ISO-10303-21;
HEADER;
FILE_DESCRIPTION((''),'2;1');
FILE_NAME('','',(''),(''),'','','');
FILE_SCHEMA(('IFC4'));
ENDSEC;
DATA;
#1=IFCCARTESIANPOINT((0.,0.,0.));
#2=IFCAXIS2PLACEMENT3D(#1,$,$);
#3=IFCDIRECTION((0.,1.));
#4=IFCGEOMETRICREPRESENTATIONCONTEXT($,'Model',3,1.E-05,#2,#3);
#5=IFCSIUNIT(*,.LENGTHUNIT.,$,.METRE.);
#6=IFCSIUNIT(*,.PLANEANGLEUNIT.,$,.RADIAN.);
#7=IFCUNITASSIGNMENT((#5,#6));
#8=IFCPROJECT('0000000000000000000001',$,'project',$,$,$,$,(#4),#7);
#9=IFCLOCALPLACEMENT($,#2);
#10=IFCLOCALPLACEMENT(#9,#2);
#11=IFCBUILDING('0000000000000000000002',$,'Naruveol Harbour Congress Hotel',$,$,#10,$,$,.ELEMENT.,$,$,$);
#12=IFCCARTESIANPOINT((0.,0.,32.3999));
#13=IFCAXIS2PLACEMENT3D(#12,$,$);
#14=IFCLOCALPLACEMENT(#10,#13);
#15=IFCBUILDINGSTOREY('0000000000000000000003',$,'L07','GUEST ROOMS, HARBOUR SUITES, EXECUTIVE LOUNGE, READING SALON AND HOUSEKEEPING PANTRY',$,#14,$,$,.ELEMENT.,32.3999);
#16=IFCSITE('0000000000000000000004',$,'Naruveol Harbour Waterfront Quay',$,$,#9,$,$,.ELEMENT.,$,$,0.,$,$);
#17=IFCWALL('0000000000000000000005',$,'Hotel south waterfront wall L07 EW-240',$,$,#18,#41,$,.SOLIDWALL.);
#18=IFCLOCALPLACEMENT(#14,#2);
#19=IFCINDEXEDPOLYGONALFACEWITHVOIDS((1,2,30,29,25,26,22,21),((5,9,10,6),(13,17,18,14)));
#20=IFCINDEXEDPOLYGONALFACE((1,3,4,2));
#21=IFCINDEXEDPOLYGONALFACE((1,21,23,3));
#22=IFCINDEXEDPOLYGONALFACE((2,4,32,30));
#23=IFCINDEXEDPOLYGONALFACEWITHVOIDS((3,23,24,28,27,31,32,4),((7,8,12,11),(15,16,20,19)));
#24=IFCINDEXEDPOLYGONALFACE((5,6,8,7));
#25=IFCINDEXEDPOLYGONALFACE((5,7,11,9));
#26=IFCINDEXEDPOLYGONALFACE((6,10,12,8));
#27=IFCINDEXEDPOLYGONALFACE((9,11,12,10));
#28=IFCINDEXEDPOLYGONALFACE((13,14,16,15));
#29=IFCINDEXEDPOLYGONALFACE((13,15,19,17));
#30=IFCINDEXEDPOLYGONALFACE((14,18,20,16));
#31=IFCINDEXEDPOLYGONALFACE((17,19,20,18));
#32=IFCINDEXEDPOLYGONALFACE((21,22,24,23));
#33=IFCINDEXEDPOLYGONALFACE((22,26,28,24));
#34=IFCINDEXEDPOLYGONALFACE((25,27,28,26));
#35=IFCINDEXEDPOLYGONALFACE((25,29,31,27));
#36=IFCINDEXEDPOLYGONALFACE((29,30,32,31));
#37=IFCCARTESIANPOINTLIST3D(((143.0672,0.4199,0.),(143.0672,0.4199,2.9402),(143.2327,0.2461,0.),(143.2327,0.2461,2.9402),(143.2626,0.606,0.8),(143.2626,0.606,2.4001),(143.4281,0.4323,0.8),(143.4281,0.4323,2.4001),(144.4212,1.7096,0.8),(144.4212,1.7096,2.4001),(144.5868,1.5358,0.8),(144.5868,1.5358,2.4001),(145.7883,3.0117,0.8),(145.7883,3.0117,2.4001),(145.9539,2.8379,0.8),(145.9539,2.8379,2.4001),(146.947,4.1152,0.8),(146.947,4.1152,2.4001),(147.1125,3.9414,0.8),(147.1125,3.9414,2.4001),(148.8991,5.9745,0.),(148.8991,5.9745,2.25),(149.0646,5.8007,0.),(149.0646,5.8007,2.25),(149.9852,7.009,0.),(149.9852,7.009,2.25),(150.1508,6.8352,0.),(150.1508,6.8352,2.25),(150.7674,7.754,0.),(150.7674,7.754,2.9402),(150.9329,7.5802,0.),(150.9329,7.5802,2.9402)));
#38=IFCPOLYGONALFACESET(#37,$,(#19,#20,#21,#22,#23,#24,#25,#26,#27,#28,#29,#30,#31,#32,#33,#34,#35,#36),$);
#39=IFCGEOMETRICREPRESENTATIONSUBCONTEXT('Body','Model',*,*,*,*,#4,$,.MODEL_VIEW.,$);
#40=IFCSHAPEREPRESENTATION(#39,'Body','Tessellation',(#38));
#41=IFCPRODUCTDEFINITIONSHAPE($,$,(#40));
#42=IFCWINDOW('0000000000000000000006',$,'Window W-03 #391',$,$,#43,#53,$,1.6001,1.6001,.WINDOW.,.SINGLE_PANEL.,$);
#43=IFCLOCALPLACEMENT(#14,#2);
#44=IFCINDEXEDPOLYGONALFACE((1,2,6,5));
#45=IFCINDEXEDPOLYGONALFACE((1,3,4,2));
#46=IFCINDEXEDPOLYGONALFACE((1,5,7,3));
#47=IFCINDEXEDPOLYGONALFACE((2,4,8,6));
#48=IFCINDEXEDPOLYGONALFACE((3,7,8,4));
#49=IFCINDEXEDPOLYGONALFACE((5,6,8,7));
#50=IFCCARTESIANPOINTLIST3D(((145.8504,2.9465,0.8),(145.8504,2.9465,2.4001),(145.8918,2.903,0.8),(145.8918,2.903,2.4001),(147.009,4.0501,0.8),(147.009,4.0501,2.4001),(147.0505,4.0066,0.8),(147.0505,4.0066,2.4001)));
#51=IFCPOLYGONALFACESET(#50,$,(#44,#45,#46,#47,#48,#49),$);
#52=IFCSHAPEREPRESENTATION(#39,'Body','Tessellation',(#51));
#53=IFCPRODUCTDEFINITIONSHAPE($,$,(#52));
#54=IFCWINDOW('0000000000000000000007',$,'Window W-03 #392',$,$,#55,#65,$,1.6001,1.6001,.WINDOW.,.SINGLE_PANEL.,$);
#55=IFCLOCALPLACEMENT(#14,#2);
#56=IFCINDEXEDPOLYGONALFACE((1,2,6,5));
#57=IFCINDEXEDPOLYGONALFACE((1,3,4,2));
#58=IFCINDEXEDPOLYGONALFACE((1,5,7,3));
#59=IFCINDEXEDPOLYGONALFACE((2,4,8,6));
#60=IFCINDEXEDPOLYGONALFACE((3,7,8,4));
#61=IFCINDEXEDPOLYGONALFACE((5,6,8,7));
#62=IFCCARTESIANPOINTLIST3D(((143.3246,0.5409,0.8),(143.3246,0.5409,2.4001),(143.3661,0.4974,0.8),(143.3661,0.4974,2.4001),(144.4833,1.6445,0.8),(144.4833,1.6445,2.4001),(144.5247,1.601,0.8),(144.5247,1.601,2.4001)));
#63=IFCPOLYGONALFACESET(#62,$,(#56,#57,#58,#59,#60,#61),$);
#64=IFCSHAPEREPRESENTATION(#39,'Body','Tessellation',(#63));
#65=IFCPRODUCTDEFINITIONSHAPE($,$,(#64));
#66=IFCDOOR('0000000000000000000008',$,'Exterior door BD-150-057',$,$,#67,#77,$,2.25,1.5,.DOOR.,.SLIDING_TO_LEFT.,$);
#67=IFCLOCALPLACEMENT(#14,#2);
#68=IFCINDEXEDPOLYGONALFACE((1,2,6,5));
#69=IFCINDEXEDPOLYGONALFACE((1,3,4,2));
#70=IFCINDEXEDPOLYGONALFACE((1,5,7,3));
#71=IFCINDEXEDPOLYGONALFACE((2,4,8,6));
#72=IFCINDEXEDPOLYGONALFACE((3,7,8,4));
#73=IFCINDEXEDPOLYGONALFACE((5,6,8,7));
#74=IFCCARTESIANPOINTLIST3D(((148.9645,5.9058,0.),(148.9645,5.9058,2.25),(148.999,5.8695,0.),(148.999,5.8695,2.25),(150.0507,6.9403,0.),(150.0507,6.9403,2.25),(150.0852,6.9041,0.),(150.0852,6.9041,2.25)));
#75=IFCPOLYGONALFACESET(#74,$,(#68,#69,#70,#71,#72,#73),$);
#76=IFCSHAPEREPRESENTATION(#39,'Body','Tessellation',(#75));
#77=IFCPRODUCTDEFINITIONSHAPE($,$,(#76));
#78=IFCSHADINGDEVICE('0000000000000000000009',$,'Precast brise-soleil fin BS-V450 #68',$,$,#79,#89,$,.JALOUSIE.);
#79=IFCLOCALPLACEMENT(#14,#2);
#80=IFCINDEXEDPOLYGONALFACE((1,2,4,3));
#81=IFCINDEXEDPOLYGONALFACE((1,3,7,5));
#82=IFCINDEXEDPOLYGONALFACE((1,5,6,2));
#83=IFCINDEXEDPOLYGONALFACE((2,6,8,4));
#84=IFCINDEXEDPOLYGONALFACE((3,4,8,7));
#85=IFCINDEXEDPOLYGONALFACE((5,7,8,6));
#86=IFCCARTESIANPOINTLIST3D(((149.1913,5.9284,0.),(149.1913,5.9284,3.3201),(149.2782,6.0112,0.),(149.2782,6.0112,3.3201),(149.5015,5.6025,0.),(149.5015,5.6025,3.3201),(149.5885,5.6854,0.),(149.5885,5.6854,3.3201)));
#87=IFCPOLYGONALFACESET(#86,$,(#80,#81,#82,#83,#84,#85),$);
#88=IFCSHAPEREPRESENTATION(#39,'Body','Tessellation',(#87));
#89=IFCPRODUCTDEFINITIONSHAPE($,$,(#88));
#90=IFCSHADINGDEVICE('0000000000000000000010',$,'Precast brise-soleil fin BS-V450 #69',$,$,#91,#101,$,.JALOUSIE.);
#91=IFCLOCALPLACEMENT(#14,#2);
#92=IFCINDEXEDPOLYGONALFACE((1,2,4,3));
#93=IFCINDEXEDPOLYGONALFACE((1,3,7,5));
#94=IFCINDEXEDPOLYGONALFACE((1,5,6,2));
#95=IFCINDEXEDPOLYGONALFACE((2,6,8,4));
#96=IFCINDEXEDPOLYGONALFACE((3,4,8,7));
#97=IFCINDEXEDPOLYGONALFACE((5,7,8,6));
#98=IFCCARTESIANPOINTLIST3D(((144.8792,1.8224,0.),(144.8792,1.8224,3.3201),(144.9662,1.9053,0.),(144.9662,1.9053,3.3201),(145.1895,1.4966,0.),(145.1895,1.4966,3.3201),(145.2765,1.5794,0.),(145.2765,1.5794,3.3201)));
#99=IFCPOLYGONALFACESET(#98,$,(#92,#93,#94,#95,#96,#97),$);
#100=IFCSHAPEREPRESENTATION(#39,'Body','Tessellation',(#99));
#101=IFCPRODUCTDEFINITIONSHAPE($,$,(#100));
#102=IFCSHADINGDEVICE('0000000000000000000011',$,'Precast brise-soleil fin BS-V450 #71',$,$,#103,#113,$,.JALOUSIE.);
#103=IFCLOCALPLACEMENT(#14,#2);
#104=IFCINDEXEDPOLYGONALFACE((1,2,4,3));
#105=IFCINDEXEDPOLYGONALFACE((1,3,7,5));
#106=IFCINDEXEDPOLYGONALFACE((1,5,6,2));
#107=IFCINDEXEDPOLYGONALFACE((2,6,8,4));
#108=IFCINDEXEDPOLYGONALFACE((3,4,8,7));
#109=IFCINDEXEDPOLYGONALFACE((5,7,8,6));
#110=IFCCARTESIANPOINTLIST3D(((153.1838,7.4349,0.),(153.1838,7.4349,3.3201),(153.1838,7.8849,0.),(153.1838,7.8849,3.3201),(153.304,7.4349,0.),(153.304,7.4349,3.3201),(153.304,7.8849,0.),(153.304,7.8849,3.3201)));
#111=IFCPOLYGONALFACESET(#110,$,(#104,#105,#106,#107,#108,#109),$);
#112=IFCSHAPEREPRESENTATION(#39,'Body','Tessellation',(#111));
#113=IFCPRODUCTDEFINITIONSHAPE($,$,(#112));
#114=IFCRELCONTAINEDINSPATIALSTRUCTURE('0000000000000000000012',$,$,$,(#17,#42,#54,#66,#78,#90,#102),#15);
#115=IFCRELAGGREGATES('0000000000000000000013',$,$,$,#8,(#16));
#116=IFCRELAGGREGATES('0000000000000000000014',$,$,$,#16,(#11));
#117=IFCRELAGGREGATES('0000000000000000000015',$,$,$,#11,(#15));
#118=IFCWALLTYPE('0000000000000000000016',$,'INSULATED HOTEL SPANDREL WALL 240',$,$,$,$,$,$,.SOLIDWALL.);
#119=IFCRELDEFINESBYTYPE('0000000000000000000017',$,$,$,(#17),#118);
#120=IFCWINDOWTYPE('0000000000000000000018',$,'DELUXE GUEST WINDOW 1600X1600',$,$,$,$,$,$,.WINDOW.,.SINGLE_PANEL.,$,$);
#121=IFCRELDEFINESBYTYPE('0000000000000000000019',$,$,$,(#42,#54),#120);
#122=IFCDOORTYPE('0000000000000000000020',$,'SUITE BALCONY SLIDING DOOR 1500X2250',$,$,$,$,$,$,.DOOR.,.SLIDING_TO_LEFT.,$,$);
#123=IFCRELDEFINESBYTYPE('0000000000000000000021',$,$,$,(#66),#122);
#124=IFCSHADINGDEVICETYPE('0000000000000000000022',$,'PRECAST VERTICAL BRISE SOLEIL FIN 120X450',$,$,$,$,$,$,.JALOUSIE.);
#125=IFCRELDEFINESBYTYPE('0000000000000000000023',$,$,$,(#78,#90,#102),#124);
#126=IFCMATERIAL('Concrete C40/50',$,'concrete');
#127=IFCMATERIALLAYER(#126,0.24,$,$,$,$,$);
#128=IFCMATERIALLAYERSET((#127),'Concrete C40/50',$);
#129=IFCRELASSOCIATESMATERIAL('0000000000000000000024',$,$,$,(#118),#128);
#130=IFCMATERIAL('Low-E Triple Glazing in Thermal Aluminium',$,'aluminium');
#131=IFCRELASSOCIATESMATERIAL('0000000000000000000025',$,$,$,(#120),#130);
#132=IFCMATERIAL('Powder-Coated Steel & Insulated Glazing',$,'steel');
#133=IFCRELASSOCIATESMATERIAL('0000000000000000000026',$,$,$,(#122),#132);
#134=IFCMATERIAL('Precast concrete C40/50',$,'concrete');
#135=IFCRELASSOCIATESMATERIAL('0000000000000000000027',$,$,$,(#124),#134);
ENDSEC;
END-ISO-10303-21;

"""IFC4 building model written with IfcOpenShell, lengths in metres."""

from ifc_helpers import new_model, si_unit, direction, frame, frame_2d, origin, origin_2d, place, context, subcontext, project, spatial, rectangle, extrude, material, layer, layer_set, type_object, element, fill, save


model = new_model("IFC4")

# Units and contexts
model_context = context("Model", 3, precision=1e-05, world=origin(), true_north=direction((0.0, 1.0)))
body_context = subcontext(model_context, "Body", "Model", "MODEL_VIEW")
ifc_project = project(units=[si_unit("LENGTHUNIT", "METRE"), si_unit("PLANEANGLEUNIT", "RADIAN")], contexts=[model_context])

# Site, building, storey
site_placement = place(None, origin())
site = spatial("IfcSite", under=ifc_project, at=site_placement, Name="Naruveol Harbour Waterfront Quay", CompositionType="ELEMENT", RefElevation=0.0)
building_placement = place(site_placement, origin())
building = spatial("IfcBuilding", under=site, at=building_placement, Name="Naruveol Harbour Congress Hotel", CompositionType="ELEMENT")
storey_placement = place(building_placement, frame((0.0, 0.0, 32.3999)))
storey = spatial("IfcBuildingStorey", under=building, at=storey_placement, Name="L07", Description="GUEST ROOMS, HARBOUR SUITES, EXECUTIVE LOUNGE, READING SALON AND HOUSEKEEPING PANTRY", CompositionType="ELEMENT", Elevation=32.3999)

# Wall, openings, windows, door
ifc_material_1 = material(Name="Concrete C40/50", Category="concrete")
ifc_layer_1 = layer(ifc_material_1, 0.24)
ifc_layer_set_1 = layer_set([ifc_layer_1], Name="Concrete C40/50")
wall_type_1 = type_object("IfcWallType", Name="INSULATED HOTEL SPANDREL WALL 240", PredefinedType="SOLIDWALL", material=ifc_layer_set_1)
wall_1_placement = place(storey_placement, frame((150.8501, 7.667, 0.0), z_axis=(0.0, 0.0, 1.0), x_axis=(-0.724116, -0.689678, 0.0)))
wall_1 = element("IfcWall", 1, at=wall_1_placement, inside=storey, type_object=wall_type_1, Name="Hotel south waterfront wall L07 EW-240", PredefinedType="SOLIDWALL", context=body_context, shape_type="SweptSolid", body=[
    extrude(rectangle(XDim=10.634, YDim=0.24, at=frame_2d((5.3169, 0.0))), origin(), (0.0, 0.0, 1.0), 2.9402),
])
opening_1_placement = place(wall_1_placement, frame((1.0801, 0.0, 0.0)))
opening_1 = element("IfcOpeningElement", 2, at=opening_1_placement, cuts=wall_1, PredefinedType="OPENING", context=body_context, shape_type="SweptSolid", body=[
    extrude(rectangle(XDim=1.5, YDim=2.25, at=frame_2d((0.75, 1.125))), frame((0.0, 0.1299, 0.0), z_axis=(0.0, -1.0, 0.0), x_axis=(1.0, 0.0, 0.0)), (0.0, 0.0, 1.0), 0.26),
])
opening_2_placement = place(wall_1_placement, frame((5.2759, 0.0, 0.8)))
opening_2 = element("IfcOpeningElement", 3, at=opening_2_placement, cuts=wall_1, PredefinedType="OPENING", context=body_context, shape_type="SweptSolid", body=[
    extrude(rectangle(XDim=1.6001, YDim=1.6001, at=frame_2d((0.8, 0.8))), frame((0.0, 0.1299, 0.0), z_axis=(0.0, -1.0, 0.0), x_axis=(1.0, 0.0, 0.0)), (0.0, 0.0, 1.0), 0.26),
])
opening_3_placement = place(wall_1_placement, frame((8.7639, 0.0, 0.8)))
opening_3 = element("IfcOpeningElement", 4, at=opening_3_placement, cuts=wall_1, PredefinedType="OPENING", context=body_context, shape_type="SweptSolid", body=[
    extrude(rectangle(XDim=1.6001, YDim=1.6001, at=frame_2d((0.8, 0.8))), frame((0.0, 0.1299, 0.0), z_axis=(0.0, -1.0, 0.0), x_axis=(1.0, 0.0, 0.0)), (0.0, 0.0, 1.0), 0.26),
])
ifc_material_2 = material(Name="Low-E Triple Glazing in Thermal Aluminium", Category="aluminium")
window_type = type_object("IfcWindowType", Name="DELUXE GUEST WINDOW 1600X1600", PartitioningType="SINGLE_PANEL", PredefinedType="WINDOW", material=ifc_material_2)
window_1_placement = place(opening_2_placement, origin())
window_1 = element("IfcWindow", 5, at=window_1_placement, inside=storey, type_object=window_type, Name="Window W-03 #391", OverallHeight=1.6001, OverallWidth=1.6001, PartitioningType="SINGLE_PANEL", PredefinedType="WINDOW", context=body_context, shape_type="SweptSolid", body=[
    extrude(rectangle(XDim=1.6001, YDim=1.6001, at=frame_2d((0.8, 0.8))), frame((0.0, 0.03, 0.0), z_axis=(0.0, -1.0, 0.0), x_axis=(1.0, 0.0, 0.0)), (0.0, 0.0, 1.0), 0.0601),
])
fill(opening_2, window_1)
window_2_placement = place(opening_3_placement, origin())
window_2 = element("IfcWindow", 6, at=window_2_placement, inside=storey, type_object=window_type, Name="Window W-03 #392", OverallHeight=1.6001, OverallWidth=1.6001, PartitioningType="SINGLE_PANEL", PredefinedType="WINDOW", context=body_context, shape_type="SweptSolid", body=[
    extrude(rectangle(XDim=1.6001, YDim=1.6001, at=frame_2d((0.8, 0.8))), frame((0.0, 0.03, 0.0), z_axis=(0.0, -1.0, 0.0), x_axis=(1.0, 0.0, 0.0)), (0.0, 0.0, 1.0), 0.0601),
])
fill(opening_3, window_2)
ifc_material_3 = material(Name="Powder-Coated Steel & Insulated Glazing", Category="steel")
door_type_1 = type_object("IfcDoorType", Name="SUITE BALCONY SLIDING DOOR 1500X2250", OperationType="SLIDING_TO_LEFT", PredefinedType="DOOR", material=ifc_material_3)
door_1_placement = place(opening_1_placement, origin())
door_1 = element("IfcDoor", 7, at=door_1_placement, inside=storey, type_object=door_type_1, Name="Exterior door BD-150-057", OperationType="SLIDING_TO_LEFT", OverallHeight=2.25, OverallWidth=1.5, PredefinedType="DOOR", context=body_context, shape_type="SweptSolid", body=[
    extrude(rectangle(XDim=1.5, YDim=2.25, at=frame_2d((0.75, 1.125))), frame((0.0, 0.0249, 0.0), z_axis=(0.0, -1.0, 0.0), x_axis=(1.0, 0.0, 0.0)), (0.0, 0.0, 1.0), 0.05),
])
fill(opening_1, door_1)

# Shading devices
ifc_material_4 = material(Name="Precast concrete C40/50", Category="concrete")
shading_device_type = type_object("IfcShadingDeviceType", Name="PRECAST VERTICAL BRISE SOLEIL FIN 120X450", PredefinedType="JALOUSIE", material=ifc_material_4)
for number, where, z_axis, x_axis, name in (
    (8, (149.3899, 5.8069, 0.0), (0.0, 0.0, 1.0), (-0.724172, -0.68962, 0.0), "Precast brise-soleil fin BS-V450 #68"),
    (9, (145.0779, 1.7009, 0.0), (0.0, 0.0, 1.0), (-0.724172, -0.68962, 0.0), "Precast brise-soleil fin BS-V450 #69"),
    (10, (153.2439, 7.6599, 0.0), (0.0, 0.0, 1.0), (-1.0, 0.0, 0.0), "Precast brise-soleil fin BS-V450 #71"),
):
    element("IfcShadingDevice", number, at=place(storey_placement, frame(where, z_axis=z_axis, x_axis=x_axis)), inside=storey, type_object=shading_device_type, Name=name, PredefinedType="JALOUSIE", context=body_context, shape_type="SweptSolid", body=[
        extrude(rectangle(XDim=0.1201, YDim=0.45, at=origin_2d()), origin(), (0.0, 0.0, 1.0), 3.3201),
    ])

save(model, "model.ifc")
